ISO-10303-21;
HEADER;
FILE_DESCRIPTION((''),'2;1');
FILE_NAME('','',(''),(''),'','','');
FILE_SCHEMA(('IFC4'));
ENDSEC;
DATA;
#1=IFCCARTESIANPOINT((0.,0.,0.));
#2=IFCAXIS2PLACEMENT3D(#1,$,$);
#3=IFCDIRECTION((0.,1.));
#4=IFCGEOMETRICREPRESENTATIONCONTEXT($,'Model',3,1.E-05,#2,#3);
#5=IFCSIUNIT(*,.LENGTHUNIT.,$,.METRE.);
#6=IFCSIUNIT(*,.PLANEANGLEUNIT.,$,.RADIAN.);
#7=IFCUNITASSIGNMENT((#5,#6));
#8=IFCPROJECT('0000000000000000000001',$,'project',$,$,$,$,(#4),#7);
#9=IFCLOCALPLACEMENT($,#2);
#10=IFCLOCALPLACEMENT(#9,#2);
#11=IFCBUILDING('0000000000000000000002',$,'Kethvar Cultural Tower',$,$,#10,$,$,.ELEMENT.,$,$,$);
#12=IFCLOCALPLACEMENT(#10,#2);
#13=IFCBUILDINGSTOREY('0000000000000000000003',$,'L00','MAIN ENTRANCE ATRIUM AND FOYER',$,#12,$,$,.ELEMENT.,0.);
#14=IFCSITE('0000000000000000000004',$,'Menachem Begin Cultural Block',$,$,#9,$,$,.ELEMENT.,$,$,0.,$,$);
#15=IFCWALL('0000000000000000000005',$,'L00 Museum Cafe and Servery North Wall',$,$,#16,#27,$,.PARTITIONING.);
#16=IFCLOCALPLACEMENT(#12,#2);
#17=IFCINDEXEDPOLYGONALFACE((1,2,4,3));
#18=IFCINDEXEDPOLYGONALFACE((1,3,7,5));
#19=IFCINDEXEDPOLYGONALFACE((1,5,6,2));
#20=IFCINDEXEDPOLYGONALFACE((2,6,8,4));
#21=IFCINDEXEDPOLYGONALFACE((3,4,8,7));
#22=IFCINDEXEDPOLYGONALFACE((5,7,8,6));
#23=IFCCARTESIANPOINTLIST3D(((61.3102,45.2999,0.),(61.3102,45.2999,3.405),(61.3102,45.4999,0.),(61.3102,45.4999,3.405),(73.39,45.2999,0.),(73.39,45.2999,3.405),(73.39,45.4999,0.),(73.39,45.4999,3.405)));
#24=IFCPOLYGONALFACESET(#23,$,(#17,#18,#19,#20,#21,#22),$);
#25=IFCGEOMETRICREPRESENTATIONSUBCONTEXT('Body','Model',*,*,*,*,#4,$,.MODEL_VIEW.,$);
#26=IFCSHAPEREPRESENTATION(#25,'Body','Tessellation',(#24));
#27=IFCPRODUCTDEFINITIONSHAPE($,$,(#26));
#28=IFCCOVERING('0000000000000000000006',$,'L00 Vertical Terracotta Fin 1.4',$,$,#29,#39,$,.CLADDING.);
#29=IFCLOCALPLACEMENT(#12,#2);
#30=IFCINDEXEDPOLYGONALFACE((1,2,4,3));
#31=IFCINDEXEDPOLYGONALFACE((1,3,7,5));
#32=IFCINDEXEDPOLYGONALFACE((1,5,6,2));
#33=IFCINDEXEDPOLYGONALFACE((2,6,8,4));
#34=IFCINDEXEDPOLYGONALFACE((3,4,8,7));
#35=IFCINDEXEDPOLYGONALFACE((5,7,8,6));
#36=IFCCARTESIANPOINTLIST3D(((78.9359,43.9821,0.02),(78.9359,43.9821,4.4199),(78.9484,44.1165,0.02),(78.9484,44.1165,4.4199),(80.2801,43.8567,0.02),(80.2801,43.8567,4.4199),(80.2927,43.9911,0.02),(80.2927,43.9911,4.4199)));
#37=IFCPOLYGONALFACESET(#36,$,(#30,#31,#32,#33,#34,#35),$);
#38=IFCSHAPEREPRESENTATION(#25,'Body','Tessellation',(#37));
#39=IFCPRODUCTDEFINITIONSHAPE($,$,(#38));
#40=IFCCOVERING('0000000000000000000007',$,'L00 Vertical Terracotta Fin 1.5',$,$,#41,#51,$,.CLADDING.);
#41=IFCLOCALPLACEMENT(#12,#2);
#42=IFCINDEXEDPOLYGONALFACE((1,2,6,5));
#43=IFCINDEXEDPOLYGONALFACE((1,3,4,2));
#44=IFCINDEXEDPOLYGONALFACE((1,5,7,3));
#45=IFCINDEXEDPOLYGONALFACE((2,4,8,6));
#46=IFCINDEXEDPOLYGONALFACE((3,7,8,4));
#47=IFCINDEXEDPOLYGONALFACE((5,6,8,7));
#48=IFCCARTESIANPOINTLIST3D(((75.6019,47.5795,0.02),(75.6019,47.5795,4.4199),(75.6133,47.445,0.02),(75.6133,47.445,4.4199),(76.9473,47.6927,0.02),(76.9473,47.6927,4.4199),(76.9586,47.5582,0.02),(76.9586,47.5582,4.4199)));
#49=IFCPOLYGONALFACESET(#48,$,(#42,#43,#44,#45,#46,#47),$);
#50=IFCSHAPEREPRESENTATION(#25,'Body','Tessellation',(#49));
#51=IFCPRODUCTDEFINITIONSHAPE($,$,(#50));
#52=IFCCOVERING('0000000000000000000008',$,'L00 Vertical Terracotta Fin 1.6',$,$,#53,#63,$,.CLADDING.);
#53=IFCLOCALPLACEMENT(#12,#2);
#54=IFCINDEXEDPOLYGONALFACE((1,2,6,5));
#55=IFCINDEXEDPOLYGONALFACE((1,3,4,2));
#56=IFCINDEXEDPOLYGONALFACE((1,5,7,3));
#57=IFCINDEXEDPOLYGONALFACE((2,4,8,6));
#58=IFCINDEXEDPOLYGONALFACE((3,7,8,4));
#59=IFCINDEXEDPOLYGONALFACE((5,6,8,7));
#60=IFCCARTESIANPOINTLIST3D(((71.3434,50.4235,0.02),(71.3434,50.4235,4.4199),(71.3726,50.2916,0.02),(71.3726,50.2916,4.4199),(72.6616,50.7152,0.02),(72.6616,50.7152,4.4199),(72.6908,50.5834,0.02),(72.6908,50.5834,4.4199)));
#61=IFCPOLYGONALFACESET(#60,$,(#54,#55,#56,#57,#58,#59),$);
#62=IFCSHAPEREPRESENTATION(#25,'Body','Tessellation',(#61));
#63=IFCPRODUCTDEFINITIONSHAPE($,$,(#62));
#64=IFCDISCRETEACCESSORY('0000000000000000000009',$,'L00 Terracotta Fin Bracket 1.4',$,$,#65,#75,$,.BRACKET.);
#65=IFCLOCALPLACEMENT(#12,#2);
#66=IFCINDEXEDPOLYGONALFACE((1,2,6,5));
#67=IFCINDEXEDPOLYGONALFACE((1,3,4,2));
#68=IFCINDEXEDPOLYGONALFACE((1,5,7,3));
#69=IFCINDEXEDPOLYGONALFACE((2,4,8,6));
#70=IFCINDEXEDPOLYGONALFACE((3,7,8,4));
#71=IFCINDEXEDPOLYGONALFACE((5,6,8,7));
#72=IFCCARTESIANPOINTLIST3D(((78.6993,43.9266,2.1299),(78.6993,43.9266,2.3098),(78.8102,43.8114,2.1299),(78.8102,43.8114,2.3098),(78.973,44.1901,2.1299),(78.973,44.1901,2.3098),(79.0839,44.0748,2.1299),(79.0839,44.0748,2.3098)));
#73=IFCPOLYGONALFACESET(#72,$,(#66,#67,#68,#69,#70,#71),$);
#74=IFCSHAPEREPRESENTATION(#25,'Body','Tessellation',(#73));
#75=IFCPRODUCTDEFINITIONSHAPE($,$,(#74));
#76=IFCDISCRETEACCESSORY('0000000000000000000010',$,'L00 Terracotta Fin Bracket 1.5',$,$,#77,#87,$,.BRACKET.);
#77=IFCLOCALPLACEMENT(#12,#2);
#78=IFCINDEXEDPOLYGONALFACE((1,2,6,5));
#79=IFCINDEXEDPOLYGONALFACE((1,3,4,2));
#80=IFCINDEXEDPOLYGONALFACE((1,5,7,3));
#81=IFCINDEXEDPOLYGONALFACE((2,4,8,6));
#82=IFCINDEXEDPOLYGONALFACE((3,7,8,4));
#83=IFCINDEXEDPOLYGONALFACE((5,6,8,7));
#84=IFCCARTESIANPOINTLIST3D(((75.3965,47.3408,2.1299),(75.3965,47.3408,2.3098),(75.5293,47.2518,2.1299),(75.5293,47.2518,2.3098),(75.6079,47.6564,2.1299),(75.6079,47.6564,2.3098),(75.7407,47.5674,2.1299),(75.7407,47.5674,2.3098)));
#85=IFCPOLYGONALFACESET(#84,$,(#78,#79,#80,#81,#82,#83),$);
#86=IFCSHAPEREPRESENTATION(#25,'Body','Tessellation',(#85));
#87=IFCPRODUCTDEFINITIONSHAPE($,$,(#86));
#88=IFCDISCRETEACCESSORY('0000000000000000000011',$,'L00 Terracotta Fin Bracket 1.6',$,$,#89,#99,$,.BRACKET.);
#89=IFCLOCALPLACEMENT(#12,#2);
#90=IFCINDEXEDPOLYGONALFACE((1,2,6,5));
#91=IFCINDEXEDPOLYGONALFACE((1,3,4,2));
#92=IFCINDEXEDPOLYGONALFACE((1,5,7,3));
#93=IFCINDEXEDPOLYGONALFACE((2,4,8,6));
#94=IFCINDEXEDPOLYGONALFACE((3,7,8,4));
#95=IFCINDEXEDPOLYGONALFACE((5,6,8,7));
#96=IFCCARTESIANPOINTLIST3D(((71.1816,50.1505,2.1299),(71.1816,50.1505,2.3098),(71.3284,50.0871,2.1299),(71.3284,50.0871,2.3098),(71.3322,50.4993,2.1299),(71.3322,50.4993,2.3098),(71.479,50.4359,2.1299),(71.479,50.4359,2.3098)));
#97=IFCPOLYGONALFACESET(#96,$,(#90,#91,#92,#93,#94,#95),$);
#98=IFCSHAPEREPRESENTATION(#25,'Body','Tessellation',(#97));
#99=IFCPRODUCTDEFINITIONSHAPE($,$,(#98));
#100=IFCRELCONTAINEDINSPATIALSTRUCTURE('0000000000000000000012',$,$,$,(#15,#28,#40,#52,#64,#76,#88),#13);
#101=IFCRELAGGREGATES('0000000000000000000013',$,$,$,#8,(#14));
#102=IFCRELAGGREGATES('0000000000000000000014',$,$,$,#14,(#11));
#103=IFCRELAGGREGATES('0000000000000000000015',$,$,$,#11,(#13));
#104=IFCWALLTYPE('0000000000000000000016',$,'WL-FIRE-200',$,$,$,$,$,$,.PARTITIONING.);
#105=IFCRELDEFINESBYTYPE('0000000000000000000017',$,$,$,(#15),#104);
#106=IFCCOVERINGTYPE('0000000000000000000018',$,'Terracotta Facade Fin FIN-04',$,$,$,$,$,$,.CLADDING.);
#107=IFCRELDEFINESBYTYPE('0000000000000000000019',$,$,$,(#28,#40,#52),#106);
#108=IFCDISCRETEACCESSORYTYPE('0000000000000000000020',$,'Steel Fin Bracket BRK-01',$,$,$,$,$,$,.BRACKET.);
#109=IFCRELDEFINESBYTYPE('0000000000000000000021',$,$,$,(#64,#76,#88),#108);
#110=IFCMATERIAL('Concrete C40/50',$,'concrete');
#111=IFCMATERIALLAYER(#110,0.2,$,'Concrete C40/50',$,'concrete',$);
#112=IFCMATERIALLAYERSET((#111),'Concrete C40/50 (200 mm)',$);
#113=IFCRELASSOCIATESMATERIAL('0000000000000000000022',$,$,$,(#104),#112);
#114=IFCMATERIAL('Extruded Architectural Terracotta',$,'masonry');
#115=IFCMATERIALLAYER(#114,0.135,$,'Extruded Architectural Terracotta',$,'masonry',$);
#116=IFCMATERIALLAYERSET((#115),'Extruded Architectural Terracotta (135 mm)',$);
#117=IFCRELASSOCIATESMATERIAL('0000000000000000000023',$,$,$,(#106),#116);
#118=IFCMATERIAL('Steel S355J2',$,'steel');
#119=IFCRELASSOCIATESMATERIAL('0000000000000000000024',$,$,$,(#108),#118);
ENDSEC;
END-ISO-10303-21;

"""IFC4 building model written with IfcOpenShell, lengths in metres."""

from ifc_helpers import new_model, si_unit, direction, frame, frame_2d, origin, origin_2d, place, context, subcontext, project, spatial, rectangle, extrude, source, transform, mapped, material, layer, layer_set, type_object, element, save


model = new_model("IFC4")

# Units and contexts
model_context = context("Model", 3, precision=1e-05, world=origin(), true_north=direction((0.0, 1.0)))
body_context = subcontext(model_context, "Body", "Model", "MODEL_VIEW")
ifc_project = project(units=[si_unit("LENGTHUNIT", "METRE"), si_unit("PLANEANGLEUNIT", "RADIAN")], contexts=[model_context])

# Site, building, storey
site_placement = place(None, origin())
site = spatial("IfcSite", under=ifc_project, at=site_placement, Name="Menachem Begin Cultural Block", CompositionType="ELEMENT", RefElevation=0.0)
building_placement = place(site_placement, origin())
building = spatial("IfcBuilding", under=site, at=building_placement, Name="Kethvar Cultural Tower", CompositionType="ELEMENT")
storey_placement = place(building_placement, origin())
storey = spatial("IfcBuildingStorey", under=building, at=storey_placement, Name="L00", Description="MAIN ENTRANCE ATRIUM AND FOYER", CompositionType="ELEMENT", Elevation=0.0)

# Shared definitions
ifc_material_1 = material(Name="Steel S355J2", Category="steel")

# Shared definitions
ifc_material_2 = material(Name="Concrete C40/50", Category="concrete")

# Wall
ifc_layer_1 = layer(ifc_material_2, 0.2, Name="Concrete C40/50", Category="concrete")
ifc_layer_set_1 = layer_set([ifc_layer_1], Name="Concrete C40/50 (200 mm)")
wall_type_1 = type_object("IfcWallType", Name="WL-FIRE-200", PredefinedType="PARTITIONING", material=ifc_layer_set_1)
wall_1_placement = place(storey_placement, frame((61.3101, 45.3999, 0.0), z_axis=(0.0, 0.0, 1.0), x_axis=(1.0, 0.0, 0.0)))
element("IfcWall", 1, at=wall_1_placement, inside=storey, type_object=wall_type_1, Name="L00 Museum Cafe and Servery North Wall", PredefinedType="PARTITIONING", context=body_context, shape_type="SweptSolid", body=[
    extrude(rectangle(XDim=12.0798, YDim=0.2, at=frame_2d((6.04, 0.0))), origin(), (0.0, 0.0, 1.0), 3.405),
])

# Coverings
ifc_material_3 = material(Name="Extruded Architectural Terracotta", Category="masonry")
ifc_layer_2 = layer(ifc_material_3, 0.135, Name="Extruded Architectural Terracotta", Category="masonry")
ifc_layer_set_2 = layer_set([ifc_layer_2], Name="Extruded Architectural Terracotta (135 mm)")
covering_type = type_object("IfcCoveringType", Name="Terracotta Facade Fin FIN-04", PredefinedType="CLADDING", material=ifc_layer_set_2)
shared_shape_1 = source(origin(), body_context, "Body", "SweptSolid", [
    extrude(rectangle(XDim=1.3501, YDim=0.135, at=origin_2d()), origin(), (0.0, 0.0, 1.0), 4.3999),
])
for number, where, z_axis, x_axis, name in (
    (2, (79.6143, 43.9866, 0.02), (0.0, 0.0, 1.0), (0.995676, -0.092892, 0.0), "L00 Vertical Terracotta Fin 1.4"),
    (3, (76.2803, 47.5688, 0.02), (0.0, 0.0, 1.0), (0.996478, 0.083852, 0.0), "L00 Vertical Terracotta Fin 1.5"),
    (4, (72.0171, 50.5034, 0.02), (0.0, 0.0, 1.0), (0.976371, 0.216099, 0.0), "L00 Vertical Terracotta Fin 1.6"),
):
    element("IfcCovering", number, at=place(storey_placement, frame(where, z_axis=z_axis, x_axis=x_axis)), inside=storey, type_object=covering_type, Name=name, PredefinedType="CLADDING", context=body_context, shape_type="MappedRepresentation", body=[
        mapped(shared_shape_1, transform((0.0, 0.0, 0.0), scale=1.0)),
    ])

# Discrete accessories
discrete_accessory_type = type_object("IfcDiscreteAccessoryType", Name="Steel Fin Bracket BRK-01", PredefinedType="BRACKET", material=ifc_material_1)
shared_shape_2 = source(origin(), body_context, "Body", "SweptSolid", [
    extrude(rectangle(XDim=0.3799, YDim=0.1599, at=origin_2d()), origin(), (0.0, 0.0, 1.0), 0.1799),
])
for number, where, z_axis, x_axis, name in (
    (5, (78.8916, 44.0007, 2.1299), (0.0, 0.0, 1.0), (0.720551, 0.693402, 0.0), "L00 Terracotta Fin Bracket 1.4"),
    (6, (75.5686, 47.4541, 2.1299), (0.0, 0.0, 1.0), (0.556586, 0.83079, 0.0), "L00 Terracotta Fin Bracket 1.5"),
    (7, (71.3303, 50.2932, 2.1299), (0.0, 0.0, 1.0), (0.396347, 0.918101, 0.0), "L00 Terracotta Fin Bracket 1.6"),
):
    element("IfcDiscreteAccessory", number, at=place(storey_placement, frame(where, z_axis=z_axis, x_axis=x_axis)), inside=storey, type_object=discrete_accessory_type, Name=name, PredefinedType="BRACKET", context=body_context, shape_type="MappedRepresentation", body=[
        mapped(shared_shape_2, transform((0.0, 0.0, 0.0), scale=1.0)),
    ])

save(model, "model.ifc")
